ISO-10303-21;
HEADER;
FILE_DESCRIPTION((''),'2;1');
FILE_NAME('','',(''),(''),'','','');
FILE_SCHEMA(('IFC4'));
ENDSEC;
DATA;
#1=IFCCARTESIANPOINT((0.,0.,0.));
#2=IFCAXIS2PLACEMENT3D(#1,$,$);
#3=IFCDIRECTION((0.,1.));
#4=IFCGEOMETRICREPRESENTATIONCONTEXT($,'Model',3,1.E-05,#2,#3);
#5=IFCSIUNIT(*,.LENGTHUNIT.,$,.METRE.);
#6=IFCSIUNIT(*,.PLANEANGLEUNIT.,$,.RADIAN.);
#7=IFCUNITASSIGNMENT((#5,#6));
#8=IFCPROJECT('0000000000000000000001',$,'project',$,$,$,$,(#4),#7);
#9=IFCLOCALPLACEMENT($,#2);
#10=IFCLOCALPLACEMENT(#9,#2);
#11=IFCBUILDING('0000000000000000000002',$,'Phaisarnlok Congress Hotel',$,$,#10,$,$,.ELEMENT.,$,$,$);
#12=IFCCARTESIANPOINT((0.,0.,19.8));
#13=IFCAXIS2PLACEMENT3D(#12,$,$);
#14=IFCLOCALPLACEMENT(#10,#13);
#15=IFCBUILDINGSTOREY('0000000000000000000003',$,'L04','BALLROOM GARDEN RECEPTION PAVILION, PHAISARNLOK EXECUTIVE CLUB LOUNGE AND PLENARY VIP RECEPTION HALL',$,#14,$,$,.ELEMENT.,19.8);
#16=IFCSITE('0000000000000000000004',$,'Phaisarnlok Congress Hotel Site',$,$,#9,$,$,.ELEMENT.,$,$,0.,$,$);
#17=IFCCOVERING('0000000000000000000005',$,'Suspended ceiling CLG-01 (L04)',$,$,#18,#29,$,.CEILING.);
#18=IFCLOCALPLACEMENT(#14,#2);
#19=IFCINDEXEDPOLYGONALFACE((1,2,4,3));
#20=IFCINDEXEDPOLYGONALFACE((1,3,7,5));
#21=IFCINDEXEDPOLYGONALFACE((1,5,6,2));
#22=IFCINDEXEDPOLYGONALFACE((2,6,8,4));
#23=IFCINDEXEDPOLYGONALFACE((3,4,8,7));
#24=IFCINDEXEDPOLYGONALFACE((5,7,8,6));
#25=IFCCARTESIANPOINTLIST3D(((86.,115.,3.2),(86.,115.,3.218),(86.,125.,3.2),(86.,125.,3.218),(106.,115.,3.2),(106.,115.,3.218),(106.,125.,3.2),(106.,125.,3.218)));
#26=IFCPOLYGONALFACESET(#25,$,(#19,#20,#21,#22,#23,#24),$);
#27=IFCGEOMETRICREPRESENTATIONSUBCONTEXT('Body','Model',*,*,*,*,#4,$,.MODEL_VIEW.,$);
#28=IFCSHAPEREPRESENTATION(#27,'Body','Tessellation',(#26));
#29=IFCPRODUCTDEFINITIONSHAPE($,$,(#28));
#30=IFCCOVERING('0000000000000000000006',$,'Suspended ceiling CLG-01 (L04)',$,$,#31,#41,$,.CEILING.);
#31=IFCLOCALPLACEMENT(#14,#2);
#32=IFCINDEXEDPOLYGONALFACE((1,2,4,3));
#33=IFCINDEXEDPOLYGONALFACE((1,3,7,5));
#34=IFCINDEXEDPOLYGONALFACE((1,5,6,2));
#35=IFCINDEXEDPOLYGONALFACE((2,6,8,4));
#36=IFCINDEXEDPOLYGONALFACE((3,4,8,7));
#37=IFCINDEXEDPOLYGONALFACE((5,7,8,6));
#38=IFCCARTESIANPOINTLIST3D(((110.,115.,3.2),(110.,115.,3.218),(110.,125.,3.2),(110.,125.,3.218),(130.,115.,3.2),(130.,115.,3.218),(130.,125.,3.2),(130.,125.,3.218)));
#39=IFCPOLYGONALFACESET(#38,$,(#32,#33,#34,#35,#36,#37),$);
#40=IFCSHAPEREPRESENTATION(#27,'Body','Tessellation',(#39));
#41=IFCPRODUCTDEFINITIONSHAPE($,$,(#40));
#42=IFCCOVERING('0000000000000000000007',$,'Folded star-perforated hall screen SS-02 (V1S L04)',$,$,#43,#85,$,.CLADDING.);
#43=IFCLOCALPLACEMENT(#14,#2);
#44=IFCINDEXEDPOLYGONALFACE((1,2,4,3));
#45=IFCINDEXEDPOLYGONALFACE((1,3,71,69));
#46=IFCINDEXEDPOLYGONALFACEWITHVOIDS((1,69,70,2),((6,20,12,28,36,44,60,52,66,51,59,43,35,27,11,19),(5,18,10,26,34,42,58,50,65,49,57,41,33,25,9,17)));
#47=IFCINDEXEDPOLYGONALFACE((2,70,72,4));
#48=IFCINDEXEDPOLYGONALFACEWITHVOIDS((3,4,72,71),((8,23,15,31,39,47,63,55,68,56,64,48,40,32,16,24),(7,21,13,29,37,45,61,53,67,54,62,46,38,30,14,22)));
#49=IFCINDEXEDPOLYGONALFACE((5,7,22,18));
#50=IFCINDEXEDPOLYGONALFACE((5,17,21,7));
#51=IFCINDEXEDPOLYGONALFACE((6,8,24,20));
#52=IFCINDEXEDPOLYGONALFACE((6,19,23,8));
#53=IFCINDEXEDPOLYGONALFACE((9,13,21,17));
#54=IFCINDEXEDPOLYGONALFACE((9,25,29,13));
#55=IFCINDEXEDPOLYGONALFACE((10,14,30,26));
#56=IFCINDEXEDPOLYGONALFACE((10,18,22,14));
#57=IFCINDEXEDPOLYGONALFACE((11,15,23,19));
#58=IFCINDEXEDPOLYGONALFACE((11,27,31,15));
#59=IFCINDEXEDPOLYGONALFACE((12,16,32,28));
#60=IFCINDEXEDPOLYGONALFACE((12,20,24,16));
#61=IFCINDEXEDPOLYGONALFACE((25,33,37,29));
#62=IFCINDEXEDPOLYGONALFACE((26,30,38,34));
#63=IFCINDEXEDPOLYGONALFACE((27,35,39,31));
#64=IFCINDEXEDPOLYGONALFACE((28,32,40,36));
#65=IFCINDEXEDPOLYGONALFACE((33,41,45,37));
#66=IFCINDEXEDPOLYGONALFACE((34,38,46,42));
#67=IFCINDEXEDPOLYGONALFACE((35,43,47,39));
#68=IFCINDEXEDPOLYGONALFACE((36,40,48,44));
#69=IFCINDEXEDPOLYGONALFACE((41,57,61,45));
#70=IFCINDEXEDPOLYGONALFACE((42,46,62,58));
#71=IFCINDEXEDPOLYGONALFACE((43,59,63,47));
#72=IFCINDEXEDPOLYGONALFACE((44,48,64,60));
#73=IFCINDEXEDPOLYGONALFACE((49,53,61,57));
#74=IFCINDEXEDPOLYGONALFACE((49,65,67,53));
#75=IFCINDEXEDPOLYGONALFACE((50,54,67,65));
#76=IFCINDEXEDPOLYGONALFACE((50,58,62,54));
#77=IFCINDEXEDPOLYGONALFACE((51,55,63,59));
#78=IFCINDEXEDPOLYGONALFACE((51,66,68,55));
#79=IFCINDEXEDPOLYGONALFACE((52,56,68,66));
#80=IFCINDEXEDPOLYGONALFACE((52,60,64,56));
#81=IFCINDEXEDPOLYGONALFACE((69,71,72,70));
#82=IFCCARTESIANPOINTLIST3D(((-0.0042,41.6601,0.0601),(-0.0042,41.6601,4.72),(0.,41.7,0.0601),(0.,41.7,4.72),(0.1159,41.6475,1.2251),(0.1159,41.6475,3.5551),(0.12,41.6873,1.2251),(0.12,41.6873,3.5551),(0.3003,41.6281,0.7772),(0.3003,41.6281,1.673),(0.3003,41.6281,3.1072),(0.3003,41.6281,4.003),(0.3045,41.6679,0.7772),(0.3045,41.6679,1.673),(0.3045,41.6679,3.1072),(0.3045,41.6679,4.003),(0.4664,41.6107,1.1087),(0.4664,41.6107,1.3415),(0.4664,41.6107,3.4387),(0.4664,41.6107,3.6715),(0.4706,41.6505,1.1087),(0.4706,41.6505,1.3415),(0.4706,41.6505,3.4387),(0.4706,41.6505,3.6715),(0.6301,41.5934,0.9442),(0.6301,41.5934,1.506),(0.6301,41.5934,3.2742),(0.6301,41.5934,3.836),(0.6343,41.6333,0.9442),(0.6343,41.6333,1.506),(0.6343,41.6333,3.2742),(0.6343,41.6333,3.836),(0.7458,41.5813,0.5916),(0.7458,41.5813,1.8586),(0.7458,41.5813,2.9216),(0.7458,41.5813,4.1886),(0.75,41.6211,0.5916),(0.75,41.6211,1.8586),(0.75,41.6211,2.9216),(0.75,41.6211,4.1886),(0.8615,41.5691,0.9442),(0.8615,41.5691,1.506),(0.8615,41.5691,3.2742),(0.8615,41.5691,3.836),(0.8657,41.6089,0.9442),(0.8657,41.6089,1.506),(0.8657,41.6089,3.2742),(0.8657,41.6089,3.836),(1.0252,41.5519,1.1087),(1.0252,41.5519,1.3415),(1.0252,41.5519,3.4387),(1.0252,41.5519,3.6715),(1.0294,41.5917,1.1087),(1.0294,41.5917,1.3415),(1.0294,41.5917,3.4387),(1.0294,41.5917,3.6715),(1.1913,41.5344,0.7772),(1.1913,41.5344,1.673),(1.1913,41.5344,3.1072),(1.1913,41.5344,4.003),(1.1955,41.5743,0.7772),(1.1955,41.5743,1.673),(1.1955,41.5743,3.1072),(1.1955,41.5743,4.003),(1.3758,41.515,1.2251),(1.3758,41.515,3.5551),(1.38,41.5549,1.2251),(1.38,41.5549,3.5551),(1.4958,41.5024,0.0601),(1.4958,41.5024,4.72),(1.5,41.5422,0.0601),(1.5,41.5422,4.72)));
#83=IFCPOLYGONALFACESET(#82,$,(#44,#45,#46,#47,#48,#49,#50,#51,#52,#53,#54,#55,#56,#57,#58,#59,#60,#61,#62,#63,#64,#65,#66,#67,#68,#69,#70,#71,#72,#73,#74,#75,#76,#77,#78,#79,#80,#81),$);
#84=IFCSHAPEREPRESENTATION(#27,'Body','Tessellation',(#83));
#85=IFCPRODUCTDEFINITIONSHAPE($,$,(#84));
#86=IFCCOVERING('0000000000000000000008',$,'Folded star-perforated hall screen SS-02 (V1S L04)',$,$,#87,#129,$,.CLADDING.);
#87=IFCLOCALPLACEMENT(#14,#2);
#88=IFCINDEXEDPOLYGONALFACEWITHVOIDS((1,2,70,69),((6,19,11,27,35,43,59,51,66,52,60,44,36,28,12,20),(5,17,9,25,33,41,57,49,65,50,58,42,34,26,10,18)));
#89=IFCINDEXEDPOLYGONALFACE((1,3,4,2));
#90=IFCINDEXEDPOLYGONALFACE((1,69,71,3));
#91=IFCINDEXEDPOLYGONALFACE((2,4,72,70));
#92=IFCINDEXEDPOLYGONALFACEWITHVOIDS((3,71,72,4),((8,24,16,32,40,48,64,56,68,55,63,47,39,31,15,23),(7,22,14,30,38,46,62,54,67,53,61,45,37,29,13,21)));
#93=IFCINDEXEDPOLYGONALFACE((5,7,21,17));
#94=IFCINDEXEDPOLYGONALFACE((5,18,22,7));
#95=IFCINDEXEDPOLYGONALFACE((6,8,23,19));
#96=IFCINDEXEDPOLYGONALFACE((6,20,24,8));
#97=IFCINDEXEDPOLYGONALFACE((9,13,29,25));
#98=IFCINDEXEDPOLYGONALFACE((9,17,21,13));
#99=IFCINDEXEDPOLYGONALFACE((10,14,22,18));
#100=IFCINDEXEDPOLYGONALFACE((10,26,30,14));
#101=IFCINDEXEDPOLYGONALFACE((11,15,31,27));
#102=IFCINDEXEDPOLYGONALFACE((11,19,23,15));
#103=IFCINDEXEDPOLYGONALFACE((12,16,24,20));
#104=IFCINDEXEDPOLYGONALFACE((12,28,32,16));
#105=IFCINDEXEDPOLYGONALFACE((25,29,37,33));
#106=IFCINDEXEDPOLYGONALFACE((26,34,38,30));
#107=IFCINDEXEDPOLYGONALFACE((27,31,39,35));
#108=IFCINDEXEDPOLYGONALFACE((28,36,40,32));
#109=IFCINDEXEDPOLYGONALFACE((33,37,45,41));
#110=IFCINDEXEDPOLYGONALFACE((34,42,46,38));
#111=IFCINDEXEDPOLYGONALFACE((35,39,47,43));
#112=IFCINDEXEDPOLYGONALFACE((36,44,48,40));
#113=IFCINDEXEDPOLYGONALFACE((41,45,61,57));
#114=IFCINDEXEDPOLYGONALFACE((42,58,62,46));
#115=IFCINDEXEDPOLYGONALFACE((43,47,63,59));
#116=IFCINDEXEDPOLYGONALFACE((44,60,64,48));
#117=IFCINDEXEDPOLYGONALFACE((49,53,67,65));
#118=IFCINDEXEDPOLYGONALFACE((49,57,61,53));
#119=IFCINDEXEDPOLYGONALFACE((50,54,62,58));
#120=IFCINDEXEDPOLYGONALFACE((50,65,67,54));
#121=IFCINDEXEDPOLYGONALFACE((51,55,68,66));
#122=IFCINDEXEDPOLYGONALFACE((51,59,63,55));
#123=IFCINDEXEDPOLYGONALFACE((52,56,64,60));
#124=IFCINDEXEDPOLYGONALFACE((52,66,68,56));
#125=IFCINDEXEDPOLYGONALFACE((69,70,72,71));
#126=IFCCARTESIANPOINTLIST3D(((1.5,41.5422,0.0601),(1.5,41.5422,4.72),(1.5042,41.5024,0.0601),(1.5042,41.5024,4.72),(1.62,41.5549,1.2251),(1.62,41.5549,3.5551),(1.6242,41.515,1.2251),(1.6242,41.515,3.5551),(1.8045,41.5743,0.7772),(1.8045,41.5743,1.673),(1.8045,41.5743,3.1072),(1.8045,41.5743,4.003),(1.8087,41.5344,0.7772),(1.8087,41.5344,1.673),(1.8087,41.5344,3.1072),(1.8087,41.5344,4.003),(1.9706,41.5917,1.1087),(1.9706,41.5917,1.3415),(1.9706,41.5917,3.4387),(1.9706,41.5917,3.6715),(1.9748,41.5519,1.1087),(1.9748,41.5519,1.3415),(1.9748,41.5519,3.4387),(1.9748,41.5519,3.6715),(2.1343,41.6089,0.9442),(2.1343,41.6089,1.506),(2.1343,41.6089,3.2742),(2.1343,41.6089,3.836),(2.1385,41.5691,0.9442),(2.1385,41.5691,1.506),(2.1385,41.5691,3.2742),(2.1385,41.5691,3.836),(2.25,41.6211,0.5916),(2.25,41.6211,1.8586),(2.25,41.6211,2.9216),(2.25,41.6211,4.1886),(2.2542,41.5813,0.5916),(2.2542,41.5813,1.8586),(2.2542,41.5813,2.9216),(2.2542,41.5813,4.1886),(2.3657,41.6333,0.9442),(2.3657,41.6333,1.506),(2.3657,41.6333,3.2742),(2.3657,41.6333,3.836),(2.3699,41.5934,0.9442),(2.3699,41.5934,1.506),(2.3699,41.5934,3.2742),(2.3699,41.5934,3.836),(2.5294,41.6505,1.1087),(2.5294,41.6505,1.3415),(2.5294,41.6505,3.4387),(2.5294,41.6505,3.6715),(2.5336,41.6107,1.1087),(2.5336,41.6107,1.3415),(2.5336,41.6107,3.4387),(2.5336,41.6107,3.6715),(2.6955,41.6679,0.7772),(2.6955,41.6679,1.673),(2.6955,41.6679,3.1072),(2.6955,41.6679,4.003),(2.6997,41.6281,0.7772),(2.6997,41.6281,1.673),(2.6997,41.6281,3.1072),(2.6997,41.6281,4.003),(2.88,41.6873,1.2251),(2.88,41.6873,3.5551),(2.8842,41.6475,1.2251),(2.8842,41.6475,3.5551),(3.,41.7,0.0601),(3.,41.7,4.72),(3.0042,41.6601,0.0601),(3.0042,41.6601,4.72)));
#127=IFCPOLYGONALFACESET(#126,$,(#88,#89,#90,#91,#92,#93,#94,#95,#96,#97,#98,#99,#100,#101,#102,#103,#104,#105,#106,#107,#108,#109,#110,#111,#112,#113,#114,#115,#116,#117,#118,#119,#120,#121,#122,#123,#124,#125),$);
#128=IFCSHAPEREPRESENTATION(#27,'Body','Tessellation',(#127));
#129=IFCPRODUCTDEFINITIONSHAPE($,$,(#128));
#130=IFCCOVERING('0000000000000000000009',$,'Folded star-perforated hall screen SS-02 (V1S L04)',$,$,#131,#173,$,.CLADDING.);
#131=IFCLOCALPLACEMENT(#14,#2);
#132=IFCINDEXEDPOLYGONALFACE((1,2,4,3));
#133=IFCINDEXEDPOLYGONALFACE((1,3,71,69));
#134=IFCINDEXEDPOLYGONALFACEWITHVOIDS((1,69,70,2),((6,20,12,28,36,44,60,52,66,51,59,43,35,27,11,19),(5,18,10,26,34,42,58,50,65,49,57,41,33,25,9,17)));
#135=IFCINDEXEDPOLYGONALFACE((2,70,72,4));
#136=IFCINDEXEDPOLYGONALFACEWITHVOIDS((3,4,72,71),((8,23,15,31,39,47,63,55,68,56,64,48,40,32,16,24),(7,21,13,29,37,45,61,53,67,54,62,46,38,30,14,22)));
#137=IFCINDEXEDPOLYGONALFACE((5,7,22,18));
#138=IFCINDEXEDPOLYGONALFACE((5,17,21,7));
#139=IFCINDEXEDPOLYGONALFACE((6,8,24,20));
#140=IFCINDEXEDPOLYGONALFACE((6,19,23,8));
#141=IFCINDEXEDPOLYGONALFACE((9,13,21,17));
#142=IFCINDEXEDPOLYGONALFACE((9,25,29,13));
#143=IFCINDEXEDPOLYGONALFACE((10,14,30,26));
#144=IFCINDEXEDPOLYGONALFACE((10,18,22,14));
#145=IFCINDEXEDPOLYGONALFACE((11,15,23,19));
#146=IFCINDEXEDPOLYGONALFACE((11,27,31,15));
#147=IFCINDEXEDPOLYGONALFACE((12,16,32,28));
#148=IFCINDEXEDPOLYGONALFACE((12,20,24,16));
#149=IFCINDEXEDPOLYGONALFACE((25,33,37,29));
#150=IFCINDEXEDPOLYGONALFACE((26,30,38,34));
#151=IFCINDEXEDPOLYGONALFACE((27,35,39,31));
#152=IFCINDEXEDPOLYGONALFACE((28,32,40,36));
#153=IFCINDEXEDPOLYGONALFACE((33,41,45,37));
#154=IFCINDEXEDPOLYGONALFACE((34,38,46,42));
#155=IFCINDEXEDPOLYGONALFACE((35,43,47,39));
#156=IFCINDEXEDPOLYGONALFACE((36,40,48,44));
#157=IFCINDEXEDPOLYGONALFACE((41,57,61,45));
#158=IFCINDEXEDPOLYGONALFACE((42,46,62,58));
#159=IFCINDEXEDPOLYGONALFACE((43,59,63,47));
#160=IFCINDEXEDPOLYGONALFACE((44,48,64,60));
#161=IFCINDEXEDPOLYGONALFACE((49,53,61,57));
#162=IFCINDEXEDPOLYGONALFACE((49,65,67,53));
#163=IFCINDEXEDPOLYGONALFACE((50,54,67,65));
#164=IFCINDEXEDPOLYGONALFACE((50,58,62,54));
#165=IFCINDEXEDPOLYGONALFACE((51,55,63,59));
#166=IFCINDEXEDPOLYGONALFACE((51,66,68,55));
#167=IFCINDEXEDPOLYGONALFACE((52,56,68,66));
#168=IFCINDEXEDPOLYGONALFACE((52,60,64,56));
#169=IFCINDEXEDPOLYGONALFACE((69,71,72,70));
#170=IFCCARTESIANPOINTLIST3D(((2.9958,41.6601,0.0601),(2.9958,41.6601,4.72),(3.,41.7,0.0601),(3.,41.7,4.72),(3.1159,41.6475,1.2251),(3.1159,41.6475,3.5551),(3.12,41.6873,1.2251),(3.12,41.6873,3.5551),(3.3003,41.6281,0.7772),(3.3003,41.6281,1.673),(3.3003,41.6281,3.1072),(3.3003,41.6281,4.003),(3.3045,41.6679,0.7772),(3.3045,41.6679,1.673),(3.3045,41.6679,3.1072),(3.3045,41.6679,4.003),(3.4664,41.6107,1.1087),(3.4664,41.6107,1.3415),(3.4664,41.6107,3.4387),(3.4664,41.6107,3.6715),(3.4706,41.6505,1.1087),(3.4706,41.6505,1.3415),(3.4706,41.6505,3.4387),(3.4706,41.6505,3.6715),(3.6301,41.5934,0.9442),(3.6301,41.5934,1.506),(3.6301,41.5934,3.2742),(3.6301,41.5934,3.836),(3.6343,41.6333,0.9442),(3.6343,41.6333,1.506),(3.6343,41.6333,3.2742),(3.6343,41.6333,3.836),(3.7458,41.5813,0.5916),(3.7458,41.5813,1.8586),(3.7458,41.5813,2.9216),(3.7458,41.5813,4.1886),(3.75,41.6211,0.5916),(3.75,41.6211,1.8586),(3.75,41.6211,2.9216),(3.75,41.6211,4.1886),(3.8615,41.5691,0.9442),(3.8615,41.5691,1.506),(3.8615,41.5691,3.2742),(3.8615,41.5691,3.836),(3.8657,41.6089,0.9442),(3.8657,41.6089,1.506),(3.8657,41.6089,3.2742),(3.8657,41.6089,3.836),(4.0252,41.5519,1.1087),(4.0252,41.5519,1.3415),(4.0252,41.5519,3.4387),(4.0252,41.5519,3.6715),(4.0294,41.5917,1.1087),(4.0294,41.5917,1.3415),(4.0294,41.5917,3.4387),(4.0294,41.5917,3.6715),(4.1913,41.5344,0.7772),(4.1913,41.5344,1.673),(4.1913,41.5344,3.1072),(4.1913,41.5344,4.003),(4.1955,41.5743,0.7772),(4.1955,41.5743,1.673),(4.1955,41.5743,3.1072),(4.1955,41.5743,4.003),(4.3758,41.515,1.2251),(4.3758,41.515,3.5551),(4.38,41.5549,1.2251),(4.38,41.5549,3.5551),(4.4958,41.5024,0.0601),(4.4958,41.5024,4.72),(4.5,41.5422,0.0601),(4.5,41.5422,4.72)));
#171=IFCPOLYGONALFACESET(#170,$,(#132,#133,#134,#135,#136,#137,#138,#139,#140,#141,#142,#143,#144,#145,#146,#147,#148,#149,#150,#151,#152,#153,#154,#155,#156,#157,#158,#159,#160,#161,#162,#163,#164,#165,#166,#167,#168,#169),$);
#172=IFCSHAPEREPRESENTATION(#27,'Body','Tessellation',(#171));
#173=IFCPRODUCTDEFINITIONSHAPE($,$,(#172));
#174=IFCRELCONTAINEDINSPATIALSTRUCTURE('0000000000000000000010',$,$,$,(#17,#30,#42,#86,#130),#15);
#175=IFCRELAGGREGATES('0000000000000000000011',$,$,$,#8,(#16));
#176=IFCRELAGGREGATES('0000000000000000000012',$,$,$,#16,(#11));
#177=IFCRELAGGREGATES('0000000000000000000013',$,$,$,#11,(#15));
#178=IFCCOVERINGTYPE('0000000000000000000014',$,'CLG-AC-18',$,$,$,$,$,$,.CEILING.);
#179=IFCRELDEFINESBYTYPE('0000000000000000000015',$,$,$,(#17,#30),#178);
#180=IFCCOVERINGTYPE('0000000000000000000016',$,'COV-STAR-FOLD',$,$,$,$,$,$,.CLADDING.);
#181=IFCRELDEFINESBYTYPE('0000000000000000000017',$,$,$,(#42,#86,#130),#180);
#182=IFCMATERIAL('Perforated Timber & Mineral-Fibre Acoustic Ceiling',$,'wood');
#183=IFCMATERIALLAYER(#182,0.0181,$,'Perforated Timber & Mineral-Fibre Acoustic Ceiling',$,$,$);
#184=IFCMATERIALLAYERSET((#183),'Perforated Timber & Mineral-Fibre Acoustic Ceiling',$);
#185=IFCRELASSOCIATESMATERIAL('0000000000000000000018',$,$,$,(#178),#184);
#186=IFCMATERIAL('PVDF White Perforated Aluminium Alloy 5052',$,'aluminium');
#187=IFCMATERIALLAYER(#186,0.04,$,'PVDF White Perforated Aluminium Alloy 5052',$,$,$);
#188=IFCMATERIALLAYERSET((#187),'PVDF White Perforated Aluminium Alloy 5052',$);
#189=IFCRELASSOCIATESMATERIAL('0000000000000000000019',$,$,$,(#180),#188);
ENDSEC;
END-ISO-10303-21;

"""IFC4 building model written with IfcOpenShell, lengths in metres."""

from ifc_helpers import new_model, si_unit, direction, frame, origin, place, context, subcontext, project, spatial, polyline, outline, extrude, material, layer, layer_set, type_object, element, save


model = new_model("IFC4")

# Units and contexts
model_context = context("Model", 3, precision=1e-05, world=origin(), true_north=direction((0.0, 1.0)))
body_context = subcontext(model_context, "Body", "Model", "MODEL_VIEW")
ifc_project = project(units=[si_unit("LENGTHUNIT", "METRE"), si_unit("PLANEANGLEUNIT", "RADIAN")], contexts=[model_context])

# Site, building, storey
site_placement = place(None, origin())
site = spatial("IfcSite", under=ifc_project, at=site_placement, Name="Phaisarnlok Congress Hotel Site", CompositionType="ELEMENT", RefElevation=0.0)
building_placement = place(site_placement, origin())
building = spatial("IfcBuilding", under=site, at=building_placement, Name="Phaisarnlok Congress Hotel", CompositionType="ELEMENT")
storey_placement = place(building_placement, frame((0.0, 0.0, 19.8)))
storey = spatial("IfcBuildingStorey", under=building, at=storey_placement, Name="L04", Description="BALLROOM GARDEN RECEPTION PAVILION, PHAISARNLOK EXECUTIVE CLUB LOUNGE AND PLENARY VIP RECEPTION HALL", CompositionType="ELEMENT", Elevation=19.8)

# Coverings
ifc_material_1 = material(Name="Perforated Timber & Mineral-Fibre Acoustic Ceiling", Category="wood")
ifc_layer_1 = layer(ifc_material_1, 0.0181, Name="Perforated Timber & Mineral-Fibre Acoustic Ceiling")
ifc_layer_set_1 = layer_set([ifc_layer_1], Name="Perforated Timber & Mineral-Fibre Acoustic Ceiling")
covering_type_1 = type_object("IfcCoveringType", Name="CLG-AC-18", PredefinedType="CEILING", material=ifc_layer_set_1)
covering_1_placement = place(storey_placement, frame((0.0, 0.0, 3.2)))
element("IfcCovering", 1, at=covering_1_placement, inside=storey, type_object=covering_type_1, Name="Suspended ceiling CLG-01 (L04)", PredefinedType="CEILING", context=body_context, shape_type="SweptSolid", body=[
    extrude(outline(polyline([(86.0, 115.0), (86.0, 125.0), (106.0, 125.0), (106.0, 115.0), (86.0, 115.0)])), origin(), (0.0, 0.0, 1.0), 0.0181),
])
covering_2_placement = place(storey_placement, frame((0.0, 0.0, 3.2)))
element("IfcCovering", 2, at=covering_2_placement, inside=storey, type_object=covering_type_1, Name="Suspended ceiling CLG-01 (L04)", PredefinedType="CEILING", context=body_context, shape_type="SweptSolid", body=[
    extrude(outline(polyline([(110.0, 115.0), (110.0, 125.0), (130.0, 125.0), (130.0, 115.0), (110.0, 115.0)])), origin(), (0.0, 0.0, 1.0), 0.0181),
])
ifc_material_2 = material(Name="PVDF White Perforated Aluminium Alloy 5052", Category="aluminium")
ifc_layer_2 = layer(ifc_material_2, 0.04, Name="PVDF White Perforated Aluminium Alloy 5052")
ifc_layer_set_2 = layer_set([ifc_layer_2], Name="PVDF White Perforated Aluminium Alloy 5052")
covering_type_2 = type_object("IfcCoveringType", Name="COV-STAR-FOLD", PredefinedType="CLADDING", material=ifc_layer_set_2)
for number, where, z_axis, x_axis, name in (
    (3, (0.0, 41.7, 0.0601), (-0.104567, -0.994518, 0.0), (0.994518, -0.104567, 0.0), "Folded star-perforated hall screen SS-02 (V1S L04)"),
    (4, (1.5, 41.5422, 0.0601), (0.104567, -0.994518, 0.0), (0.994518, 0.104567, 0.0), "Folded star-perforated hall screen SS-02 (V1S L04)"),
    (5, (3.0, 41.7, 0.0601), (-0.104567, -0.994518, 0.0), (0.994518, -0.104567, 0.0), "Folded star-perforated hall screen SS-02 (V1S L04)"),
):
    element("IfcCovering", number, at=place(storey_placement, frame(where, z_axis=z_axis, x_axis=x_axis)), inside=storey, type_object=covering_type_2, Name=name, PredefinedType="CLADDING", context=body_context, shape_type="SweptSolid", body=[
        extrude(outline(polyline([(0.0, 0.0), (1.5083, 0.0), (1.5083, 4.6599), (0.0, 4.6599), (0.0, 0.0)]), holes=[polyline([(1.0351, 1.0486), (1.2021, 0.7171), (0.8705, 0.8841), (0.7541, 0.5315), (0.6378, 0.8841), (0.3062, 0.7171), (0.4732, 1.0486), (0.1207, 1.165), (0.4732, 1.2814), (0.3062, 1.6129), (0.6378, 1.4459), (0.7541, 1.7985), (0.8705, 1.4459), (1.2021, 1.6129), (1.0351, 1.2814), (1.3876, 1.165), (1.0351, 1.0486)]), polyline([(1.0351, 3.3786), (1.2021, 3.0471), (0.8705, 3.2141), (0.7541, 2.8615), (0.6378, 3.2141), (0.3062, 3.0471), (0.4732, 3.3786), (0.1207, 3.495), (0.4732, 3.6114), (0.3062, 3.9429), (0.6378, 3.7759), (0.7541, 4.1285), (0.8705, 3.7759), (1.2021, 3.9429), (1.0351, 3.6114), (1.3876, 3.495), (1.0351, 3.3786)])]), origin(), (0.0, 0.0, 1.0), 0.04),
    ])

save(model, "model.ifc")
